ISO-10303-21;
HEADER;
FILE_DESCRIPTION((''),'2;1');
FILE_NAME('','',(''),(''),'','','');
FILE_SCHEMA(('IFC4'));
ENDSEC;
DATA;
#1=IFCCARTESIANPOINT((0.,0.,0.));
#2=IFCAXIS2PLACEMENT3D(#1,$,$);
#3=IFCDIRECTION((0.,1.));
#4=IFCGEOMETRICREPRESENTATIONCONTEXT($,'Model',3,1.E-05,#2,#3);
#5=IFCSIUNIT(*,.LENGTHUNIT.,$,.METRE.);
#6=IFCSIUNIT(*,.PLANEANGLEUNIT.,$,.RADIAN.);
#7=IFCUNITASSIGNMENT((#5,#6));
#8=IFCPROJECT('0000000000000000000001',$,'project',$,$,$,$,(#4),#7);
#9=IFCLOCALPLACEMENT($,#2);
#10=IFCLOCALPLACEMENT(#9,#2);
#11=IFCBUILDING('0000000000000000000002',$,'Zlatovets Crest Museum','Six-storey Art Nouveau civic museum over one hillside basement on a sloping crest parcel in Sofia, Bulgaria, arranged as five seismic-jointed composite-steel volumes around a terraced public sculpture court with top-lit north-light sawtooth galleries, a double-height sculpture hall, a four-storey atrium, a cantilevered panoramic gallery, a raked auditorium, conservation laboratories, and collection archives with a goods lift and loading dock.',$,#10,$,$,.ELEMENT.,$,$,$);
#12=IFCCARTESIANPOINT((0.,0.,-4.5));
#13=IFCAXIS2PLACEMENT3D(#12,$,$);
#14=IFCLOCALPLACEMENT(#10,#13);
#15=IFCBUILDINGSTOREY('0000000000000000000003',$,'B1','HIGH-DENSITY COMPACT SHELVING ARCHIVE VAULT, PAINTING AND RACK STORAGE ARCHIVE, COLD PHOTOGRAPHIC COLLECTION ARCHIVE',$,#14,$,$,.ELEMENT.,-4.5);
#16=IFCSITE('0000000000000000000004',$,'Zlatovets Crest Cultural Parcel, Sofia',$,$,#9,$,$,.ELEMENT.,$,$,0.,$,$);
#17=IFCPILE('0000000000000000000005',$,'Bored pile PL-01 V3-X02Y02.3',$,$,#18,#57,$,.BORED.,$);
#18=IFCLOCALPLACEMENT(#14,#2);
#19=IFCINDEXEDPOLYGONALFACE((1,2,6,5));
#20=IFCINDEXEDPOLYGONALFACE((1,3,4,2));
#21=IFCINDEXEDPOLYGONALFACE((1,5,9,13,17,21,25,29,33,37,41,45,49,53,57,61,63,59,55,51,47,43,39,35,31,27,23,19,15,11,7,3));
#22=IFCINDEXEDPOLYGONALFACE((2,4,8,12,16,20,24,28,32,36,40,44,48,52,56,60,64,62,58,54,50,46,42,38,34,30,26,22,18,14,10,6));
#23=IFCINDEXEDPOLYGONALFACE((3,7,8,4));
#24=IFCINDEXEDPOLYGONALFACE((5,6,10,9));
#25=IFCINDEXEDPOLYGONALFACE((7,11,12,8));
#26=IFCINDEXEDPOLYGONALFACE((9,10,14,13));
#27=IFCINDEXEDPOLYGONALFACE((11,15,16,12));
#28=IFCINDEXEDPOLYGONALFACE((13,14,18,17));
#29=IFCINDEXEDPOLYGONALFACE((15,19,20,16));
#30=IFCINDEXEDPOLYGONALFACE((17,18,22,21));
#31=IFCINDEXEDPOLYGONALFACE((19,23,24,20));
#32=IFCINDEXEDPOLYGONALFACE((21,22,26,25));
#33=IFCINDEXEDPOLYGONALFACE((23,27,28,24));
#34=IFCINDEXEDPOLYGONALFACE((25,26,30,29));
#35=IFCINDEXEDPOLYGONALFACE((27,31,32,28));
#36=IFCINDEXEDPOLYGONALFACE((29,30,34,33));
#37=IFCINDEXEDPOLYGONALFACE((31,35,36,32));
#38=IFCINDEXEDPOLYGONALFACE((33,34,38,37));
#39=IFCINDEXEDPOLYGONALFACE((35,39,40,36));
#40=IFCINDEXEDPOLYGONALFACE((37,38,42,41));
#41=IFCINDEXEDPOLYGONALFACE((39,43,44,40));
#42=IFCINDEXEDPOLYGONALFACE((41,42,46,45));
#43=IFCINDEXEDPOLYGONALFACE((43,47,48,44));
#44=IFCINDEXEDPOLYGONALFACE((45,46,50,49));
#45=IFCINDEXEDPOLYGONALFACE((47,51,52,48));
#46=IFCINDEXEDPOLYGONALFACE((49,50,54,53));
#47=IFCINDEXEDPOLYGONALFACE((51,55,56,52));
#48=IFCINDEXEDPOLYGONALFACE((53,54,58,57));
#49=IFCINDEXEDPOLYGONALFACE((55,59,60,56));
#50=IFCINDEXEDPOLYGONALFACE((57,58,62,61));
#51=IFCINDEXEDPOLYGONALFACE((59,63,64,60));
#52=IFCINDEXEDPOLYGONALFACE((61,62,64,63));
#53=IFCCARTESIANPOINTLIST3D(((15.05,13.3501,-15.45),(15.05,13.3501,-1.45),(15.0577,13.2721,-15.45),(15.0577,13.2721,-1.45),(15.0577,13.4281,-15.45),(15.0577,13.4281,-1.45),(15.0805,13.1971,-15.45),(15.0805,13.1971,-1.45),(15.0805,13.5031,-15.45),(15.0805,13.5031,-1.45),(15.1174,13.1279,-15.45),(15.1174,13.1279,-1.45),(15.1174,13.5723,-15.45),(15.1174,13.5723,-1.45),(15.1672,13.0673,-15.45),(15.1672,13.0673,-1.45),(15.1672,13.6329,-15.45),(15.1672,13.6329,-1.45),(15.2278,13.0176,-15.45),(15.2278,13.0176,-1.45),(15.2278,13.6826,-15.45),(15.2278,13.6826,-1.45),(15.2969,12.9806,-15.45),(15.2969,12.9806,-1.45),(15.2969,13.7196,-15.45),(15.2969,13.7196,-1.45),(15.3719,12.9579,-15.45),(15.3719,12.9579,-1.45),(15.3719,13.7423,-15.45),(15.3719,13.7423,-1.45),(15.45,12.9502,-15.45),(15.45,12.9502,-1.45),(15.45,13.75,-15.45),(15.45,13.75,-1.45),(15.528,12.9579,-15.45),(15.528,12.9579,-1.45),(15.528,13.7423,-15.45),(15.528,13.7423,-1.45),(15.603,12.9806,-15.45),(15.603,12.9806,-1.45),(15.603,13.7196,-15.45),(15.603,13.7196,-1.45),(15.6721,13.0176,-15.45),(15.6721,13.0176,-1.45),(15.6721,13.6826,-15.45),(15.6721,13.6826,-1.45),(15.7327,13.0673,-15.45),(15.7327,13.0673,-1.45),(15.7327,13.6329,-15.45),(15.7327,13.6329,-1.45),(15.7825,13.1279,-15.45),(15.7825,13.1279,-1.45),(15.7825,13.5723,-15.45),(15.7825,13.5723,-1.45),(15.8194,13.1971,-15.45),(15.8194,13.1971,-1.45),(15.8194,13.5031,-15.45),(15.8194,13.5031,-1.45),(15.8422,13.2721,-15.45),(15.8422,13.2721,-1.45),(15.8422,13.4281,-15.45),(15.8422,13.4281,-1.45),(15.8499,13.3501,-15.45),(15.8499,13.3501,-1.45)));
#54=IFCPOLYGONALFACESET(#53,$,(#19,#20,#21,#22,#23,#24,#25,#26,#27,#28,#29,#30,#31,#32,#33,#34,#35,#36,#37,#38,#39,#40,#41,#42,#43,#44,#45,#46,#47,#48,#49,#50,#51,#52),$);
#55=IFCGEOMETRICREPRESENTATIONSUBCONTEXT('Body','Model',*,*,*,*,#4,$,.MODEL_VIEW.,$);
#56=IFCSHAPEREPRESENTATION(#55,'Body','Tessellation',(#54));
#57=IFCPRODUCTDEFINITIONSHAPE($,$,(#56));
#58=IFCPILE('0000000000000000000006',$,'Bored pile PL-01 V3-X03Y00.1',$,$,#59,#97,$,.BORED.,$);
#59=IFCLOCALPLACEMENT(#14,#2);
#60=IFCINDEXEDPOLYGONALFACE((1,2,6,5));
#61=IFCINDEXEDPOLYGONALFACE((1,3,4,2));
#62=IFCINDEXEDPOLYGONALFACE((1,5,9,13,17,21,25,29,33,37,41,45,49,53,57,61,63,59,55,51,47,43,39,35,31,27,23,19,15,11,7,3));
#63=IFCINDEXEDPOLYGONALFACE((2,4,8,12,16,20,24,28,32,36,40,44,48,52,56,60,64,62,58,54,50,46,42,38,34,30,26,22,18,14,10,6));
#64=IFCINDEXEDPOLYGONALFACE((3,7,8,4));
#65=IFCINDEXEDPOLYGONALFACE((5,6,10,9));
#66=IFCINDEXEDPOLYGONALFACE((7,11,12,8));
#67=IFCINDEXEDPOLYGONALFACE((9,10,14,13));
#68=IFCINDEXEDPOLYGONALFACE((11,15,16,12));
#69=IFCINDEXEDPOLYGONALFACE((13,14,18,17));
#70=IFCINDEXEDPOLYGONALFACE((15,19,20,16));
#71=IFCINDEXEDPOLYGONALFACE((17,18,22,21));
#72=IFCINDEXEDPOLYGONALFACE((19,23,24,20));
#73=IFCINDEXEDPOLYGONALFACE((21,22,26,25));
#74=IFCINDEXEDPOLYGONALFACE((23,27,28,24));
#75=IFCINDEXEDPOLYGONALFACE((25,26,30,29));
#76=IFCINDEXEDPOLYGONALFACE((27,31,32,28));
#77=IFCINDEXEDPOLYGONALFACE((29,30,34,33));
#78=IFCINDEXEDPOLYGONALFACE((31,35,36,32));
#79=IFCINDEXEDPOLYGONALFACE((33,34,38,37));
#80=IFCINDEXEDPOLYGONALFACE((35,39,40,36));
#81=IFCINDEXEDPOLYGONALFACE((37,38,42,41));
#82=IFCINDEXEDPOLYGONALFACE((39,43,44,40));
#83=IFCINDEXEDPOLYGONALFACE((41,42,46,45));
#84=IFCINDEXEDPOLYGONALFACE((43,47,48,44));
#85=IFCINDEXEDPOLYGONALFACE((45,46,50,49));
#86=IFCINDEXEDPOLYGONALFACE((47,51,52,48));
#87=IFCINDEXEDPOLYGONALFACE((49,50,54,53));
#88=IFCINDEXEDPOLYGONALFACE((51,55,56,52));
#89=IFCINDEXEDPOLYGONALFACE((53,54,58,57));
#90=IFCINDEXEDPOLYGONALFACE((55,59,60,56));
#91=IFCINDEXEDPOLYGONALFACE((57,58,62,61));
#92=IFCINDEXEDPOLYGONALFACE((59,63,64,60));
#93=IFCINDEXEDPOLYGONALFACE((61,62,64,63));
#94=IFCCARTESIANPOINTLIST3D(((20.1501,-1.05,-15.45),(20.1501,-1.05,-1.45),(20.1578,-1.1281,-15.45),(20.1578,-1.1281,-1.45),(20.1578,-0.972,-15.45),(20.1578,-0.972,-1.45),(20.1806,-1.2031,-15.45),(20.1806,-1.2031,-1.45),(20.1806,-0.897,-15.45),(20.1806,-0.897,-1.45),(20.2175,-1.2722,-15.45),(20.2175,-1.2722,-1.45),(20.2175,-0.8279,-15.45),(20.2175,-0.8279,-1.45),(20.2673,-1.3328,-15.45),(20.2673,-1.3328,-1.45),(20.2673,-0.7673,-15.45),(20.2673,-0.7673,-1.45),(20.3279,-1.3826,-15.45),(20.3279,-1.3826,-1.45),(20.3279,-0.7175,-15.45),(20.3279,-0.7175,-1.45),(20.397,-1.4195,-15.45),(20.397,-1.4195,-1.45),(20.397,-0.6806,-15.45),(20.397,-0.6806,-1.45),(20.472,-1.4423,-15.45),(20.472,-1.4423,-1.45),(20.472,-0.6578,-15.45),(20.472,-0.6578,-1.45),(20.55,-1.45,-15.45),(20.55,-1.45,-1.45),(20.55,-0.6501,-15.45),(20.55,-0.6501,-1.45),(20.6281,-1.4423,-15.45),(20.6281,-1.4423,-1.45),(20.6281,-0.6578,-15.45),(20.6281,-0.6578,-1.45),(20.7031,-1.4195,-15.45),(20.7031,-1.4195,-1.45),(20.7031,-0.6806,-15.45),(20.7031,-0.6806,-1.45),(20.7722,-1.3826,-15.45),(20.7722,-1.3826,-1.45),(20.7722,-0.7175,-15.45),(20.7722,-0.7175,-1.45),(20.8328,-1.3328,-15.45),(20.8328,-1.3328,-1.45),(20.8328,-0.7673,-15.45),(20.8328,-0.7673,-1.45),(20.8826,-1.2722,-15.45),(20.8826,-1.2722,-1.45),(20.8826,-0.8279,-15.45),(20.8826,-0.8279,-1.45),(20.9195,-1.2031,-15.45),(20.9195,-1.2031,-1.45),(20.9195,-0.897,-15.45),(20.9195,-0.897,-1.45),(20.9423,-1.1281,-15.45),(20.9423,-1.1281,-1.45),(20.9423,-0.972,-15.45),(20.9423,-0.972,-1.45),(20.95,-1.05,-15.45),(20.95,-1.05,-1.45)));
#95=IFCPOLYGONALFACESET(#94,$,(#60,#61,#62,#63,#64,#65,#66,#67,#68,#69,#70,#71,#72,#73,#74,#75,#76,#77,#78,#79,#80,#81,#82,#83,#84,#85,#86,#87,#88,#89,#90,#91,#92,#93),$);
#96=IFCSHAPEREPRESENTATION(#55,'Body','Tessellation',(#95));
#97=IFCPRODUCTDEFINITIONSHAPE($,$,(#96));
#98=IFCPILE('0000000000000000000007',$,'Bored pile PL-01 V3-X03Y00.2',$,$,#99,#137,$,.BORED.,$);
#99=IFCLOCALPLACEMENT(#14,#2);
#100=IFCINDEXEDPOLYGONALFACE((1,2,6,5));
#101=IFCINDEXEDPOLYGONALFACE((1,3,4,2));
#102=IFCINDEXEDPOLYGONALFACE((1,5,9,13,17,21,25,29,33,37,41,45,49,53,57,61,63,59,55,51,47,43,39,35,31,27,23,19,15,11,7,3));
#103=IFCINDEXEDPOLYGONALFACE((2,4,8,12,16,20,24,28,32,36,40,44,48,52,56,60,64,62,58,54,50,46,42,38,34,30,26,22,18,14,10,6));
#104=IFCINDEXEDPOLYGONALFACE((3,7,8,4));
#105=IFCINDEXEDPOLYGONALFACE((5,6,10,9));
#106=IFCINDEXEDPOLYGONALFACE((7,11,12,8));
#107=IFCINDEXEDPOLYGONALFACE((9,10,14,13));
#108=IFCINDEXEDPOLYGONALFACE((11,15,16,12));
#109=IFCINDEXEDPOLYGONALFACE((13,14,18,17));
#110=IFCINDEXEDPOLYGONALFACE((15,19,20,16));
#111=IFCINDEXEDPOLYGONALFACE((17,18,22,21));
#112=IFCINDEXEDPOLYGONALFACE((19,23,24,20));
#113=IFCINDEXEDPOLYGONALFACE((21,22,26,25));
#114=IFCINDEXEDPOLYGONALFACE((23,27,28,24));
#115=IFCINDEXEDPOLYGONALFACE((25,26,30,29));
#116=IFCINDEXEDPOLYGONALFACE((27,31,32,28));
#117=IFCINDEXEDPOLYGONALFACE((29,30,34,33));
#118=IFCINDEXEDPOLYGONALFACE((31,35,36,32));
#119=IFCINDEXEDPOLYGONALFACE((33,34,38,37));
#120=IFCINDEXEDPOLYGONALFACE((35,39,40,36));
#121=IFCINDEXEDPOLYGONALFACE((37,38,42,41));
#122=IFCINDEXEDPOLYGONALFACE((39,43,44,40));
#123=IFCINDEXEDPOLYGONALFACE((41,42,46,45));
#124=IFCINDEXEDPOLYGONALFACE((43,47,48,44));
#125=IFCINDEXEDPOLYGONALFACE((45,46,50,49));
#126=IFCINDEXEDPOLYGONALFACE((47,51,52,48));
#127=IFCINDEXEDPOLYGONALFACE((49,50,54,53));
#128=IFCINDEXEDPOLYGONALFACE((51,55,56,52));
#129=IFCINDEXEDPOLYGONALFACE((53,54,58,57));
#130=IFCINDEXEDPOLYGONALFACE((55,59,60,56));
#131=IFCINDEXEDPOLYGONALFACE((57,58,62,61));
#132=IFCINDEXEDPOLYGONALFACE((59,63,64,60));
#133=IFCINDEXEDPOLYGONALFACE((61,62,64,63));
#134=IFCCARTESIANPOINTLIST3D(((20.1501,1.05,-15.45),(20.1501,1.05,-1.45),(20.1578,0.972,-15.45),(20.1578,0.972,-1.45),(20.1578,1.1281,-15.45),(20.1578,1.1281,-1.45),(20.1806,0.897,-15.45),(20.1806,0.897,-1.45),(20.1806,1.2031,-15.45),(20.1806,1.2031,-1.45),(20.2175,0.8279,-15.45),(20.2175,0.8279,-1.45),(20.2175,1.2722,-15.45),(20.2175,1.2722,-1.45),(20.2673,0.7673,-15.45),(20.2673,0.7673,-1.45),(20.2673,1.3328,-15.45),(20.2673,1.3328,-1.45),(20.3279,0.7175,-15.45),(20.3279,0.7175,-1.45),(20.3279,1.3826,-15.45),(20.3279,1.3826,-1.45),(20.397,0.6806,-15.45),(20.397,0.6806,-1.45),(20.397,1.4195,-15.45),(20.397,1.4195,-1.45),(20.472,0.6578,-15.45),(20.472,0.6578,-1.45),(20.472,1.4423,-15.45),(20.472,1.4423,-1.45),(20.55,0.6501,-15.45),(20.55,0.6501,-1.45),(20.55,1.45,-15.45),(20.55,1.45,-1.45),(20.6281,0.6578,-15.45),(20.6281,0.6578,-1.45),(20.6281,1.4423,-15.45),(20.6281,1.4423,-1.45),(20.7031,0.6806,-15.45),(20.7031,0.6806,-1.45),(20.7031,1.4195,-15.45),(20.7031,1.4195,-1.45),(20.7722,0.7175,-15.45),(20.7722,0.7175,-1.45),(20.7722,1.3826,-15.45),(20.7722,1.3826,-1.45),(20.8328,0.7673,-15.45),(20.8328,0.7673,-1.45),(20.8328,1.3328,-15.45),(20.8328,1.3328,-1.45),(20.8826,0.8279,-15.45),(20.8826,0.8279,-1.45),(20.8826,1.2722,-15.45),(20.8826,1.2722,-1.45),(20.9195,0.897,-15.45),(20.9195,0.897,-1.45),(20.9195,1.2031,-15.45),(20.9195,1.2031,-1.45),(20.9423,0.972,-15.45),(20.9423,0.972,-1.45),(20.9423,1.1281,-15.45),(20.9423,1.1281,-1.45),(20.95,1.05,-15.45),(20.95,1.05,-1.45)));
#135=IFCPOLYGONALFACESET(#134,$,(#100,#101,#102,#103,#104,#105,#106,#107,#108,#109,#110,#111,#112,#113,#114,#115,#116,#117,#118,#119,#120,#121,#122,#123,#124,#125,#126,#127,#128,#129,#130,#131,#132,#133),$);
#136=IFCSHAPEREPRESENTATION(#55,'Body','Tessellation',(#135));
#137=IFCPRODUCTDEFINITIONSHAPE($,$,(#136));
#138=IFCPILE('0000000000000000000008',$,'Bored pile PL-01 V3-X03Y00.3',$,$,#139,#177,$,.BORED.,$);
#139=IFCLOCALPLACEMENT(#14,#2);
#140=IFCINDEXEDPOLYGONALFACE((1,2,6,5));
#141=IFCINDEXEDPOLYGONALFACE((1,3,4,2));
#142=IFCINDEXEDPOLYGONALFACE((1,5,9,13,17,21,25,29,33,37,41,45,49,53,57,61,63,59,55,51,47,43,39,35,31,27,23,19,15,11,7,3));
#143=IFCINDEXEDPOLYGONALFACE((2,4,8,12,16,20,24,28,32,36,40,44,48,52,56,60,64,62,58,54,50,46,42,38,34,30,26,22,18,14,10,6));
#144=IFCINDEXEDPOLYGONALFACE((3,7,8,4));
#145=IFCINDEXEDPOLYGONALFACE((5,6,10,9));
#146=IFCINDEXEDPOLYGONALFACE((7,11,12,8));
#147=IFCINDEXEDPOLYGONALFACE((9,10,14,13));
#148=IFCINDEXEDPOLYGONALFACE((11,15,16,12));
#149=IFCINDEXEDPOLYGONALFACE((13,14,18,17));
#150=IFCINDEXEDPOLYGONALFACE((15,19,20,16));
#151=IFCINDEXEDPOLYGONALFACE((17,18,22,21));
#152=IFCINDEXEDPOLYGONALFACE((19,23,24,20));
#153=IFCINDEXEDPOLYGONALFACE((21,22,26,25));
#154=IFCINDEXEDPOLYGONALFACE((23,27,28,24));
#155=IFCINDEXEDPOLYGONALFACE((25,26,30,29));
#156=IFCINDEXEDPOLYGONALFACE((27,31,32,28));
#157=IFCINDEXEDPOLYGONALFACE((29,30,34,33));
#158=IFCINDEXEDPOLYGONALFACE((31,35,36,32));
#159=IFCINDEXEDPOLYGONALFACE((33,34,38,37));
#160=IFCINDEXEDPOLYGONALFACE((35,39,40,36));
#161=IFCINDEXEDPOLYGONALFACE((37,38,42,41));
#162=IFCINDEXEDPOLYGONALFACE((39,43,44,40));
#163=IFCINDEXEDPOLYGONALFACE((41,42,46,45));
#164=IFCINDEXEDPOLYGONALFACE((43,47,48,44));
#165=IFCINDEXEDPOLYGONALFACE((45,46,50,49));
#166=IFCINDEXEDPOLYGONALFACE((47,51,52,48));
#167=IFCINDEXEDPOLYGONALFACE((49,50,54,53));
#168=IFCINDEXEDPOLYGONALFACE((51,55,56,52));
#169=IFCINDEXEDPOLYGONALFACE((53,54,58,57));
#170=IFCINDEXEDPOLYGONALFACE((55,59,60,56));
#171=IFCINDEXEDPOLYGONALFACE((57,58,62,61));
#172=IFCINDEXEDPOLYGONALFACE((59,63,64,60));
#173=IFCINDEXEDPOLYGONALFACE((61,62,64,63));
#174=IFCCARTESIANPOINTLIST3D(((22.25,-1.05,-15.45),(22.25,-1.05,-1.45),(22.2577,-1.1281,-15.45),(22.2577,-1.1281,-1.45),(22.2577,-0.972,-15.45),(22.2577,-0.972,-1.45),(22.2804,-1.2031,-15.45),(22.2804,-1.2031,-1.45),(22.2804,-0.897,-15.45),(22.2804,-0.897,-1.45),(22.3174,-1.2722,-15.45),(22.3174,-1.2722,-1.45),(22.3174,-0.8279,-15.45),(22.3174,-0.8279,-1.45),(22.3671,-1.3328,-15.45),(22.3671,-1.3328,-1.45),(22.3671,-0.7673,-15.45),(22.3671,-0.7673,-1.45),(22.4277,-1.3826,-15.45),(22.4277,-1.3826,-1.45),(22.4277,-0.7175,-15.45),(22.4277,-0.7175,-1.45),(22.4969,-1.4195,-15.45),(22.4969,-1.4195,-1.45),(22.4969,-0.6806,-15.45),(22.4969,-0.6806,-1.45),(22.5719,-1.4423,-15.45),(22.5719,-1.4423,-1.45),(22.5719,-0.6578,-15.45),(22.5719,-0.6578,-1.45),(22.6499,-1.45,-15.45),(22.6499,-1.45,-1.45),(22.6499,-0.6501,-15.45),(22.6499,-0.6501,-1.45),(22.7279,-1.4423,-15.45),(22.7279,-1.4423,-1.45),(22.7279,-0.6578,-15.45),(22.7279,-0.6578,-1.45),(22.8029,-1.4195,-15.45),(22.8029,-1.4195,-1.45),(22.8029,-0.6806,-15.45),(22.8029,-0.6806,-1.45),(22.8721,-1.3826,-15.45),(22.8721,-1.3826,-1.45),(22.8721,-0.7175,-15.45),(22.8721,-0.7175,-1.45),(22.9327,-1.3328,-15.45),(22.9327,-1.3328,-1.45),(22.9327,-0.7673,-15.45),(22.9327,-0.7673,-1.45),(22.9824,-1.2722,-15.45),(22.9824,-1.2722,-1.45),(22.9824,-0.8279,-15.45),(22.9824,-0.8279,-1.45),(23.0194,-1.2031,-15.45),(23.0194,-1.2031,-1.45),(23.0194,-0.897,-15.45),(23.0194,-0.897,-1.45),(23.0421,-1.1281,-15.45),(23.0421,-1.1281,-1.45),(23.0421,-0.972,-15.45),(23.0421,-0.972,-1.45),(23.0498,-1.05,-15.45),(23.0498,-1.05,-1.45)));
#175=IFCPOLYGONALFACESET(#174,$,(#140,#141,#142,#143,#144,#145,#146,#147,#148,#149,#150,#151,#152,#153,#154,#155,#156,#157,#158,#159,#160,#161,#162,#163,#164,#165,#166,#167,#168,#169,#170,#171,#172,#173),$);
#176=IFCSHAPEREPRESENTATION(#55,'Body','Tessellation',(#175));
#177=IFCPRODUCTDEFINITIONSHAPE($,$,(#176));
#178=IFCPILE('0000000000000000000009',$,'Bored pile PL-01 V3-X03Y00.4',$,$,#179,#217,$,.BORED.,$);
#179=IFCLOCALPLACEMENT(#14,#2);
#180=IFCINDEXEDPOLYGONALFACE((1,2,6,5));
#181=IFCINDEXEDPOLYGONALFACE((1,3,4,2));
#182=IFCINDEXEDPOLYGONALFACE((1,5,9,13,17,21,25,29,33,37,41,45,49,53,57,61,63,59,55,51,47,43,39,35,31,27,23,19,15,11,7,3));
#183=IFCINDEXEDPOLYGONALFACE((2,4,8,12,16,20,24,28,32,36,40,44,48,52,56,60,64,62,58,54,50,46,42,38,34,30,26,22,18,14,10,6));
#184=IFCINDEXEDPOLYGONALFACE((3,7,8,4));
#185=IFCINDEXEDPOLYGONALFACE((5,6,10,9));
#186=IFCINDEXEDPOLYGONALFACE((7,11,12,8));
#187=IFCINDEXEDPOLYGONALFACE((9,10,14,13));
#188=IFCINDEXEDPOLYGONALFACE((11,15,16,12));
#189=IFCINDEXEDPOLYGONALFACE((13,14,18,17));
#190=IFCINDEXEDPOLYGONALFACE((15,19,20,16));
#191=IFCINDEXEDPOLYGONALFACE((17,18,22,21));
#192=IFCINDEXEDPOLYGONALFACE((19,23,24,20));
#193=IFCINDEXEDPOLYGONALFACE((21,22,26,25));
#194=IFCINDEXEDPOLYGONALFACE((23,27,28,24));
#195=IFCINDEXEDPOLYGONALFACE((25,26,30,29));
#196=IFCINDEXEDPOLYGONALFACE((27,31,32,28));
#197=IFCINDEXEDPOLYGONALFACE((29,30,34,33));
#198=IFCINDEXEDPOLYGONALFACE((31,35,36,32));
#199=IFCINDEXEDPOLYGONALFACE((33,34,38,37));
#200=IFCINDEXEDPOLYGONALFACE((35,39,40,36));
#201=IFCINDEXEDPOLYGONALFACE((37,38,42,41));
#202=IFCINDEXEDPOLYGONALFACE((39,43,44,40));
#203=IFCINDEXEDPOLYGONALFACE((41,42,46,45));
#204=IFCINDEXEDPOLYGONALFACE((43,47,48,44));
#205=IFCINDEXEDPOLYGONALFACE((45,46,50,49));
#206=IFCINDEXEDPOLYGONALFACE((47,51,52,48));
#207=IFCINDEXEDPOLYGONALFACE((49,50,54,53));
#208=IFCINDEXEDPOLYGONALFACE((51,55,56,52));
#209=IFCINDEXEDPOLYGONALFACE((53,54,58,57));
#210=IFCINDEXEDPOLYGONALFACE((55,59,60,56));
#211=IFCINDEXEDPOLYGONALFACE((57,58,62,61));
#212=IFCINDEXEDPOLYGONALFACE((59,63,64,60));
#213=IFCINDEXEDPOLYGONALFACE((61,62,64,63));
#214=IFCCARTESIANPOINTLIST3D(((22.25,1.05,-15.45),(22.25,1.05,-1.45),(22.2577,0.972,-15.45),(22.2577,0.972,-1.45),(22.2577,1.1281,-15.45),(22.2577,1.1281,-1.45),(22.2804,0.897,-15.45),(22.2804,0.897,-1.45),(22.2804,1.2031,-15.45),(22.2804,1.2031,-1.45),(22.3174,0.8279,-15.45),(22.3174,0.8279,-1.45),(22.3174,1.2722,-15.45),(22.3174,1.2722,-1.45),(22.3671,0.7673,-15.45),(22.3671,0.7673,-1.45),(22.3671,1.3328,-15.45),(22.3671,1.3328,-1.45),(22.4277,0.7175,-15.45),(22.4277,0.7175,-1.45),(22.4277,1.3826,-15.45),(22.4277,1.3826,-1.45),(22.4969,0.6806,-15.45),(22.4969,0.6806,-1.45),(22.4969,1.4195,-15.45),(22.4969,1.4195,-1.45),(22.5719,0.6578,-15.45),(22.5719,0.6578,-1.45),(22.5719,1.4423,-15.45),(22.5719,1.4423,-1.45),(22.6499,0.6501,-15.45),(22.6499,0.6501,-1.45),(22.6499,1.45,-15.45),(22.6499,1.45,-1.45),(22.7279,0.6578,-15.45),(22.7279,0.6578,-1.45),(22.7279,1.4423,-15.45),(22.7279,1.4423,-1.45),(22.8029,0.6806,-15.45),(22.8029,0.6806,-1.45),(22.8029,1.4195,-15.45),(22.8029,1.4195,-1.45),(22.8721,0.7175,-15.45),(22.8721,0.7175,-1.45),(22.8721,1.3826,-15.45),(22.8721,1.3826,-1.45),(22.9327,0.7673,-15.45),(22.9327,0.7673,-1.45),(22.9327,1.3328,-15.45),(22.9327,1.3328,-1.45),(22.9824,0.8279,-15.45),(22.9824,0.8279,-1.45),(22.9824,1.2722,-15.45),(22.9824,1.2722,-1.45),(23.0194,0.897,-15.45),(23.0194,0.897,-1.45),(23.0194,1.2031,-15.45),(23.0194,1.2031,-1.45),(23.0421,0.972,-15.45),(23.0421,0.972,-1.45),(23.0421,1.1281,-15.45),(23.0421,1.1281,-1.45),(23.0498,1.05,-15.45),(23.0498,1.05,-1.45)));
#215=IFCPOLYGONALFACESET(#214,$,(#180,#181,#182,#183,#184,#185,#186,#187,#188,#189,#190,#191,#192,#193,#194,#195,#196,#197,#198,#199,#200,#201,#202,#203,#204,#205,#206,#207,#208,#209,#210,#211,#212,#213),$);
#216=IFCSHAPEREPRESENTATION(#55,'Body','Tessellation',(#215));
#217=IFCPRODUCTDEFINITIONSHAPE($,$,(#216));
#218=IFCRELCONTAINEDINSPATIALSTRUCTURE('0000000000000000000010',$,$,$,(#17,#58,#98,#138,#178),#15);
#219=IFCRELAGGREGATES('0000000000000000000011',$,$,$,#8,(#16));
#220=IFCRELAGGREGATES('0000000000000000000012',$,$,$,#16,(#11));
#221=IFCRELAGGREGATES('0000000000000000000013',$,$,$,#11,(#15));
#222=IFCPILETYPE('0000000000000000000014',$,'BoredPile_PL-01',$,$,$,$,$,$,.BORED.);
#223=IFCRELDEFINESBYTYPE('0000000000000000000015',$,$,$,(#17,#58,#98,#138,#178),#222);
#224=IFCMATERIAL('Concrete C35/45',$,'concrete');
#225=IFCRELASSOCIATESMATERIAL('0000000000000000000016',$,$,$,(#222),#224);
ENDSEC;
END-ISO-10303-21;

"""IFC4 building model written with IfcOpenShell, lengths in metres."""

from ifc_helpers import new_model, si_unit, direction, frame, origin, origin_2d, place, context, subcontext, project, spatial, circle, extrude, material, material_profile, profile_set, type_object, element, save


model = new_model("IFC4")

# Units and contexts
model_context = context("Model", 3, precision=1e-05, world=origin(), true_north=direction((0.0, 1.0)))
body_context = subcontext(model_context, "Body", "Model", "MODEL_VIEW")
ifc_project = project(units=[si_unit("LENGTHUNIT", "METRE"), si_unit("PLANEANGLEUNIT", "RADIAN")], contexts=[model_context])

# Site, building, storey
site_placement = place(None, origin())
site = spatial("IfcSite", under=ifc_project, at=site_placement, Name="Zlatovets Crest Cultural Parcel, Sofia", CompositionType="ELEMENT", RefElevation=0.0)
building_placement = place(site_placement, origin())
building = spatial("IfcBuilding", under=site, at=building_placement, Name="Zlatovets Crest Museum", Description="Six-storey Art Nouveau civic museum over one hillside basement on a sloping crest parcel in Sofia, Bulgaria, arranged as five seismic-jointed composite-steel volumes around a terraced public sculpture court with top-lit north-light sawtooth galleries, a double-height sculpture hall, a four-storey atrium, a cantilevered panoramic gallery, a raked auditorium, conservation laboratories, and collection archives with a goods lift and loading dock.", CompositionType="ELEMENT")
storey_placement = place(building_placement, frame((0.0, 0.0, -4.5)))
storey = spatial("IfcBuildingStorey", under=building, at=storey_placement, Name="B1", Description="HIGH-DENSITY COMPACT SHELVING ARCHIVE VAULT, PAINTING AND RACK STORAGE ARCHIVE, COLD PHOTOGRAPHIC COLLECTION ARCHIVE", CompositionType="ELEMENT", Elevation=-4.5)

# Piles
ifc_material_1 = material(Name="Concrete C35/45", Category="concrete")
ifc_material_profile_1 = material_profile(ifc_material_1, circle(Radius=0.3999, at=origin_2d()), Name="PILE D800")
ifc_profile_set_1 = profile_set([ifc_material_profile_1], Name="Concrete C35/45")
pile_type = type_object("IfcPileType", Name="BoredPile_PL-01", PredefinedType="BORED", material=ifc_profile_set_1)
for number, where, z_axis, x_axis, name in (
    (1, (15.45, 13.3501, -1.45), (0.0, 0.0, -1.0), (1.0, 0.0, 0.0), "Bored pile PL-01 V3-X02Y02.3"),
    (2, (20.55, -1.05, -1.45), (0.0, 0.0, -1.0), (1.0, 0.0, 0.0), "Bored pile PL-01 V3-X03Y00.1"),
    (3, (20.55, 1.05, -1.45), (0.0, 0.0, -1.0), (1.0, 0.0, 0.0), "Bored pile PL-01 V3-X03Y00.2"),
    (4, (22.6499, -1.05, -1.45), (0.0, 0.0, -1.0), (1.0, 0.0, 0.0), "Bored pile PL-01 V3-X03Y00.3"),
    (5, (22.6499, 1.05, -1.45), (0.0, 0.0, -1.0), (1.0, 0.0, 0.0), "Bored pile PL-01 V3-X03Y00.4"),
):
    element("IfcPile", number, at=place(storey_placement, frame(where, z_axis=z_axis, x_axis=x_axis)), inside=storey, type_object=pile_type, Name=name, PredefinedType="BORED", context=body_context, shape_type="SweptSolid", body=[
        extrude(circle(Radius=0.3999, at=origin_2d()), origin(), (0.0, 0.0, 1.0), 14.0),
    ])

save(model, "model.ifc")
